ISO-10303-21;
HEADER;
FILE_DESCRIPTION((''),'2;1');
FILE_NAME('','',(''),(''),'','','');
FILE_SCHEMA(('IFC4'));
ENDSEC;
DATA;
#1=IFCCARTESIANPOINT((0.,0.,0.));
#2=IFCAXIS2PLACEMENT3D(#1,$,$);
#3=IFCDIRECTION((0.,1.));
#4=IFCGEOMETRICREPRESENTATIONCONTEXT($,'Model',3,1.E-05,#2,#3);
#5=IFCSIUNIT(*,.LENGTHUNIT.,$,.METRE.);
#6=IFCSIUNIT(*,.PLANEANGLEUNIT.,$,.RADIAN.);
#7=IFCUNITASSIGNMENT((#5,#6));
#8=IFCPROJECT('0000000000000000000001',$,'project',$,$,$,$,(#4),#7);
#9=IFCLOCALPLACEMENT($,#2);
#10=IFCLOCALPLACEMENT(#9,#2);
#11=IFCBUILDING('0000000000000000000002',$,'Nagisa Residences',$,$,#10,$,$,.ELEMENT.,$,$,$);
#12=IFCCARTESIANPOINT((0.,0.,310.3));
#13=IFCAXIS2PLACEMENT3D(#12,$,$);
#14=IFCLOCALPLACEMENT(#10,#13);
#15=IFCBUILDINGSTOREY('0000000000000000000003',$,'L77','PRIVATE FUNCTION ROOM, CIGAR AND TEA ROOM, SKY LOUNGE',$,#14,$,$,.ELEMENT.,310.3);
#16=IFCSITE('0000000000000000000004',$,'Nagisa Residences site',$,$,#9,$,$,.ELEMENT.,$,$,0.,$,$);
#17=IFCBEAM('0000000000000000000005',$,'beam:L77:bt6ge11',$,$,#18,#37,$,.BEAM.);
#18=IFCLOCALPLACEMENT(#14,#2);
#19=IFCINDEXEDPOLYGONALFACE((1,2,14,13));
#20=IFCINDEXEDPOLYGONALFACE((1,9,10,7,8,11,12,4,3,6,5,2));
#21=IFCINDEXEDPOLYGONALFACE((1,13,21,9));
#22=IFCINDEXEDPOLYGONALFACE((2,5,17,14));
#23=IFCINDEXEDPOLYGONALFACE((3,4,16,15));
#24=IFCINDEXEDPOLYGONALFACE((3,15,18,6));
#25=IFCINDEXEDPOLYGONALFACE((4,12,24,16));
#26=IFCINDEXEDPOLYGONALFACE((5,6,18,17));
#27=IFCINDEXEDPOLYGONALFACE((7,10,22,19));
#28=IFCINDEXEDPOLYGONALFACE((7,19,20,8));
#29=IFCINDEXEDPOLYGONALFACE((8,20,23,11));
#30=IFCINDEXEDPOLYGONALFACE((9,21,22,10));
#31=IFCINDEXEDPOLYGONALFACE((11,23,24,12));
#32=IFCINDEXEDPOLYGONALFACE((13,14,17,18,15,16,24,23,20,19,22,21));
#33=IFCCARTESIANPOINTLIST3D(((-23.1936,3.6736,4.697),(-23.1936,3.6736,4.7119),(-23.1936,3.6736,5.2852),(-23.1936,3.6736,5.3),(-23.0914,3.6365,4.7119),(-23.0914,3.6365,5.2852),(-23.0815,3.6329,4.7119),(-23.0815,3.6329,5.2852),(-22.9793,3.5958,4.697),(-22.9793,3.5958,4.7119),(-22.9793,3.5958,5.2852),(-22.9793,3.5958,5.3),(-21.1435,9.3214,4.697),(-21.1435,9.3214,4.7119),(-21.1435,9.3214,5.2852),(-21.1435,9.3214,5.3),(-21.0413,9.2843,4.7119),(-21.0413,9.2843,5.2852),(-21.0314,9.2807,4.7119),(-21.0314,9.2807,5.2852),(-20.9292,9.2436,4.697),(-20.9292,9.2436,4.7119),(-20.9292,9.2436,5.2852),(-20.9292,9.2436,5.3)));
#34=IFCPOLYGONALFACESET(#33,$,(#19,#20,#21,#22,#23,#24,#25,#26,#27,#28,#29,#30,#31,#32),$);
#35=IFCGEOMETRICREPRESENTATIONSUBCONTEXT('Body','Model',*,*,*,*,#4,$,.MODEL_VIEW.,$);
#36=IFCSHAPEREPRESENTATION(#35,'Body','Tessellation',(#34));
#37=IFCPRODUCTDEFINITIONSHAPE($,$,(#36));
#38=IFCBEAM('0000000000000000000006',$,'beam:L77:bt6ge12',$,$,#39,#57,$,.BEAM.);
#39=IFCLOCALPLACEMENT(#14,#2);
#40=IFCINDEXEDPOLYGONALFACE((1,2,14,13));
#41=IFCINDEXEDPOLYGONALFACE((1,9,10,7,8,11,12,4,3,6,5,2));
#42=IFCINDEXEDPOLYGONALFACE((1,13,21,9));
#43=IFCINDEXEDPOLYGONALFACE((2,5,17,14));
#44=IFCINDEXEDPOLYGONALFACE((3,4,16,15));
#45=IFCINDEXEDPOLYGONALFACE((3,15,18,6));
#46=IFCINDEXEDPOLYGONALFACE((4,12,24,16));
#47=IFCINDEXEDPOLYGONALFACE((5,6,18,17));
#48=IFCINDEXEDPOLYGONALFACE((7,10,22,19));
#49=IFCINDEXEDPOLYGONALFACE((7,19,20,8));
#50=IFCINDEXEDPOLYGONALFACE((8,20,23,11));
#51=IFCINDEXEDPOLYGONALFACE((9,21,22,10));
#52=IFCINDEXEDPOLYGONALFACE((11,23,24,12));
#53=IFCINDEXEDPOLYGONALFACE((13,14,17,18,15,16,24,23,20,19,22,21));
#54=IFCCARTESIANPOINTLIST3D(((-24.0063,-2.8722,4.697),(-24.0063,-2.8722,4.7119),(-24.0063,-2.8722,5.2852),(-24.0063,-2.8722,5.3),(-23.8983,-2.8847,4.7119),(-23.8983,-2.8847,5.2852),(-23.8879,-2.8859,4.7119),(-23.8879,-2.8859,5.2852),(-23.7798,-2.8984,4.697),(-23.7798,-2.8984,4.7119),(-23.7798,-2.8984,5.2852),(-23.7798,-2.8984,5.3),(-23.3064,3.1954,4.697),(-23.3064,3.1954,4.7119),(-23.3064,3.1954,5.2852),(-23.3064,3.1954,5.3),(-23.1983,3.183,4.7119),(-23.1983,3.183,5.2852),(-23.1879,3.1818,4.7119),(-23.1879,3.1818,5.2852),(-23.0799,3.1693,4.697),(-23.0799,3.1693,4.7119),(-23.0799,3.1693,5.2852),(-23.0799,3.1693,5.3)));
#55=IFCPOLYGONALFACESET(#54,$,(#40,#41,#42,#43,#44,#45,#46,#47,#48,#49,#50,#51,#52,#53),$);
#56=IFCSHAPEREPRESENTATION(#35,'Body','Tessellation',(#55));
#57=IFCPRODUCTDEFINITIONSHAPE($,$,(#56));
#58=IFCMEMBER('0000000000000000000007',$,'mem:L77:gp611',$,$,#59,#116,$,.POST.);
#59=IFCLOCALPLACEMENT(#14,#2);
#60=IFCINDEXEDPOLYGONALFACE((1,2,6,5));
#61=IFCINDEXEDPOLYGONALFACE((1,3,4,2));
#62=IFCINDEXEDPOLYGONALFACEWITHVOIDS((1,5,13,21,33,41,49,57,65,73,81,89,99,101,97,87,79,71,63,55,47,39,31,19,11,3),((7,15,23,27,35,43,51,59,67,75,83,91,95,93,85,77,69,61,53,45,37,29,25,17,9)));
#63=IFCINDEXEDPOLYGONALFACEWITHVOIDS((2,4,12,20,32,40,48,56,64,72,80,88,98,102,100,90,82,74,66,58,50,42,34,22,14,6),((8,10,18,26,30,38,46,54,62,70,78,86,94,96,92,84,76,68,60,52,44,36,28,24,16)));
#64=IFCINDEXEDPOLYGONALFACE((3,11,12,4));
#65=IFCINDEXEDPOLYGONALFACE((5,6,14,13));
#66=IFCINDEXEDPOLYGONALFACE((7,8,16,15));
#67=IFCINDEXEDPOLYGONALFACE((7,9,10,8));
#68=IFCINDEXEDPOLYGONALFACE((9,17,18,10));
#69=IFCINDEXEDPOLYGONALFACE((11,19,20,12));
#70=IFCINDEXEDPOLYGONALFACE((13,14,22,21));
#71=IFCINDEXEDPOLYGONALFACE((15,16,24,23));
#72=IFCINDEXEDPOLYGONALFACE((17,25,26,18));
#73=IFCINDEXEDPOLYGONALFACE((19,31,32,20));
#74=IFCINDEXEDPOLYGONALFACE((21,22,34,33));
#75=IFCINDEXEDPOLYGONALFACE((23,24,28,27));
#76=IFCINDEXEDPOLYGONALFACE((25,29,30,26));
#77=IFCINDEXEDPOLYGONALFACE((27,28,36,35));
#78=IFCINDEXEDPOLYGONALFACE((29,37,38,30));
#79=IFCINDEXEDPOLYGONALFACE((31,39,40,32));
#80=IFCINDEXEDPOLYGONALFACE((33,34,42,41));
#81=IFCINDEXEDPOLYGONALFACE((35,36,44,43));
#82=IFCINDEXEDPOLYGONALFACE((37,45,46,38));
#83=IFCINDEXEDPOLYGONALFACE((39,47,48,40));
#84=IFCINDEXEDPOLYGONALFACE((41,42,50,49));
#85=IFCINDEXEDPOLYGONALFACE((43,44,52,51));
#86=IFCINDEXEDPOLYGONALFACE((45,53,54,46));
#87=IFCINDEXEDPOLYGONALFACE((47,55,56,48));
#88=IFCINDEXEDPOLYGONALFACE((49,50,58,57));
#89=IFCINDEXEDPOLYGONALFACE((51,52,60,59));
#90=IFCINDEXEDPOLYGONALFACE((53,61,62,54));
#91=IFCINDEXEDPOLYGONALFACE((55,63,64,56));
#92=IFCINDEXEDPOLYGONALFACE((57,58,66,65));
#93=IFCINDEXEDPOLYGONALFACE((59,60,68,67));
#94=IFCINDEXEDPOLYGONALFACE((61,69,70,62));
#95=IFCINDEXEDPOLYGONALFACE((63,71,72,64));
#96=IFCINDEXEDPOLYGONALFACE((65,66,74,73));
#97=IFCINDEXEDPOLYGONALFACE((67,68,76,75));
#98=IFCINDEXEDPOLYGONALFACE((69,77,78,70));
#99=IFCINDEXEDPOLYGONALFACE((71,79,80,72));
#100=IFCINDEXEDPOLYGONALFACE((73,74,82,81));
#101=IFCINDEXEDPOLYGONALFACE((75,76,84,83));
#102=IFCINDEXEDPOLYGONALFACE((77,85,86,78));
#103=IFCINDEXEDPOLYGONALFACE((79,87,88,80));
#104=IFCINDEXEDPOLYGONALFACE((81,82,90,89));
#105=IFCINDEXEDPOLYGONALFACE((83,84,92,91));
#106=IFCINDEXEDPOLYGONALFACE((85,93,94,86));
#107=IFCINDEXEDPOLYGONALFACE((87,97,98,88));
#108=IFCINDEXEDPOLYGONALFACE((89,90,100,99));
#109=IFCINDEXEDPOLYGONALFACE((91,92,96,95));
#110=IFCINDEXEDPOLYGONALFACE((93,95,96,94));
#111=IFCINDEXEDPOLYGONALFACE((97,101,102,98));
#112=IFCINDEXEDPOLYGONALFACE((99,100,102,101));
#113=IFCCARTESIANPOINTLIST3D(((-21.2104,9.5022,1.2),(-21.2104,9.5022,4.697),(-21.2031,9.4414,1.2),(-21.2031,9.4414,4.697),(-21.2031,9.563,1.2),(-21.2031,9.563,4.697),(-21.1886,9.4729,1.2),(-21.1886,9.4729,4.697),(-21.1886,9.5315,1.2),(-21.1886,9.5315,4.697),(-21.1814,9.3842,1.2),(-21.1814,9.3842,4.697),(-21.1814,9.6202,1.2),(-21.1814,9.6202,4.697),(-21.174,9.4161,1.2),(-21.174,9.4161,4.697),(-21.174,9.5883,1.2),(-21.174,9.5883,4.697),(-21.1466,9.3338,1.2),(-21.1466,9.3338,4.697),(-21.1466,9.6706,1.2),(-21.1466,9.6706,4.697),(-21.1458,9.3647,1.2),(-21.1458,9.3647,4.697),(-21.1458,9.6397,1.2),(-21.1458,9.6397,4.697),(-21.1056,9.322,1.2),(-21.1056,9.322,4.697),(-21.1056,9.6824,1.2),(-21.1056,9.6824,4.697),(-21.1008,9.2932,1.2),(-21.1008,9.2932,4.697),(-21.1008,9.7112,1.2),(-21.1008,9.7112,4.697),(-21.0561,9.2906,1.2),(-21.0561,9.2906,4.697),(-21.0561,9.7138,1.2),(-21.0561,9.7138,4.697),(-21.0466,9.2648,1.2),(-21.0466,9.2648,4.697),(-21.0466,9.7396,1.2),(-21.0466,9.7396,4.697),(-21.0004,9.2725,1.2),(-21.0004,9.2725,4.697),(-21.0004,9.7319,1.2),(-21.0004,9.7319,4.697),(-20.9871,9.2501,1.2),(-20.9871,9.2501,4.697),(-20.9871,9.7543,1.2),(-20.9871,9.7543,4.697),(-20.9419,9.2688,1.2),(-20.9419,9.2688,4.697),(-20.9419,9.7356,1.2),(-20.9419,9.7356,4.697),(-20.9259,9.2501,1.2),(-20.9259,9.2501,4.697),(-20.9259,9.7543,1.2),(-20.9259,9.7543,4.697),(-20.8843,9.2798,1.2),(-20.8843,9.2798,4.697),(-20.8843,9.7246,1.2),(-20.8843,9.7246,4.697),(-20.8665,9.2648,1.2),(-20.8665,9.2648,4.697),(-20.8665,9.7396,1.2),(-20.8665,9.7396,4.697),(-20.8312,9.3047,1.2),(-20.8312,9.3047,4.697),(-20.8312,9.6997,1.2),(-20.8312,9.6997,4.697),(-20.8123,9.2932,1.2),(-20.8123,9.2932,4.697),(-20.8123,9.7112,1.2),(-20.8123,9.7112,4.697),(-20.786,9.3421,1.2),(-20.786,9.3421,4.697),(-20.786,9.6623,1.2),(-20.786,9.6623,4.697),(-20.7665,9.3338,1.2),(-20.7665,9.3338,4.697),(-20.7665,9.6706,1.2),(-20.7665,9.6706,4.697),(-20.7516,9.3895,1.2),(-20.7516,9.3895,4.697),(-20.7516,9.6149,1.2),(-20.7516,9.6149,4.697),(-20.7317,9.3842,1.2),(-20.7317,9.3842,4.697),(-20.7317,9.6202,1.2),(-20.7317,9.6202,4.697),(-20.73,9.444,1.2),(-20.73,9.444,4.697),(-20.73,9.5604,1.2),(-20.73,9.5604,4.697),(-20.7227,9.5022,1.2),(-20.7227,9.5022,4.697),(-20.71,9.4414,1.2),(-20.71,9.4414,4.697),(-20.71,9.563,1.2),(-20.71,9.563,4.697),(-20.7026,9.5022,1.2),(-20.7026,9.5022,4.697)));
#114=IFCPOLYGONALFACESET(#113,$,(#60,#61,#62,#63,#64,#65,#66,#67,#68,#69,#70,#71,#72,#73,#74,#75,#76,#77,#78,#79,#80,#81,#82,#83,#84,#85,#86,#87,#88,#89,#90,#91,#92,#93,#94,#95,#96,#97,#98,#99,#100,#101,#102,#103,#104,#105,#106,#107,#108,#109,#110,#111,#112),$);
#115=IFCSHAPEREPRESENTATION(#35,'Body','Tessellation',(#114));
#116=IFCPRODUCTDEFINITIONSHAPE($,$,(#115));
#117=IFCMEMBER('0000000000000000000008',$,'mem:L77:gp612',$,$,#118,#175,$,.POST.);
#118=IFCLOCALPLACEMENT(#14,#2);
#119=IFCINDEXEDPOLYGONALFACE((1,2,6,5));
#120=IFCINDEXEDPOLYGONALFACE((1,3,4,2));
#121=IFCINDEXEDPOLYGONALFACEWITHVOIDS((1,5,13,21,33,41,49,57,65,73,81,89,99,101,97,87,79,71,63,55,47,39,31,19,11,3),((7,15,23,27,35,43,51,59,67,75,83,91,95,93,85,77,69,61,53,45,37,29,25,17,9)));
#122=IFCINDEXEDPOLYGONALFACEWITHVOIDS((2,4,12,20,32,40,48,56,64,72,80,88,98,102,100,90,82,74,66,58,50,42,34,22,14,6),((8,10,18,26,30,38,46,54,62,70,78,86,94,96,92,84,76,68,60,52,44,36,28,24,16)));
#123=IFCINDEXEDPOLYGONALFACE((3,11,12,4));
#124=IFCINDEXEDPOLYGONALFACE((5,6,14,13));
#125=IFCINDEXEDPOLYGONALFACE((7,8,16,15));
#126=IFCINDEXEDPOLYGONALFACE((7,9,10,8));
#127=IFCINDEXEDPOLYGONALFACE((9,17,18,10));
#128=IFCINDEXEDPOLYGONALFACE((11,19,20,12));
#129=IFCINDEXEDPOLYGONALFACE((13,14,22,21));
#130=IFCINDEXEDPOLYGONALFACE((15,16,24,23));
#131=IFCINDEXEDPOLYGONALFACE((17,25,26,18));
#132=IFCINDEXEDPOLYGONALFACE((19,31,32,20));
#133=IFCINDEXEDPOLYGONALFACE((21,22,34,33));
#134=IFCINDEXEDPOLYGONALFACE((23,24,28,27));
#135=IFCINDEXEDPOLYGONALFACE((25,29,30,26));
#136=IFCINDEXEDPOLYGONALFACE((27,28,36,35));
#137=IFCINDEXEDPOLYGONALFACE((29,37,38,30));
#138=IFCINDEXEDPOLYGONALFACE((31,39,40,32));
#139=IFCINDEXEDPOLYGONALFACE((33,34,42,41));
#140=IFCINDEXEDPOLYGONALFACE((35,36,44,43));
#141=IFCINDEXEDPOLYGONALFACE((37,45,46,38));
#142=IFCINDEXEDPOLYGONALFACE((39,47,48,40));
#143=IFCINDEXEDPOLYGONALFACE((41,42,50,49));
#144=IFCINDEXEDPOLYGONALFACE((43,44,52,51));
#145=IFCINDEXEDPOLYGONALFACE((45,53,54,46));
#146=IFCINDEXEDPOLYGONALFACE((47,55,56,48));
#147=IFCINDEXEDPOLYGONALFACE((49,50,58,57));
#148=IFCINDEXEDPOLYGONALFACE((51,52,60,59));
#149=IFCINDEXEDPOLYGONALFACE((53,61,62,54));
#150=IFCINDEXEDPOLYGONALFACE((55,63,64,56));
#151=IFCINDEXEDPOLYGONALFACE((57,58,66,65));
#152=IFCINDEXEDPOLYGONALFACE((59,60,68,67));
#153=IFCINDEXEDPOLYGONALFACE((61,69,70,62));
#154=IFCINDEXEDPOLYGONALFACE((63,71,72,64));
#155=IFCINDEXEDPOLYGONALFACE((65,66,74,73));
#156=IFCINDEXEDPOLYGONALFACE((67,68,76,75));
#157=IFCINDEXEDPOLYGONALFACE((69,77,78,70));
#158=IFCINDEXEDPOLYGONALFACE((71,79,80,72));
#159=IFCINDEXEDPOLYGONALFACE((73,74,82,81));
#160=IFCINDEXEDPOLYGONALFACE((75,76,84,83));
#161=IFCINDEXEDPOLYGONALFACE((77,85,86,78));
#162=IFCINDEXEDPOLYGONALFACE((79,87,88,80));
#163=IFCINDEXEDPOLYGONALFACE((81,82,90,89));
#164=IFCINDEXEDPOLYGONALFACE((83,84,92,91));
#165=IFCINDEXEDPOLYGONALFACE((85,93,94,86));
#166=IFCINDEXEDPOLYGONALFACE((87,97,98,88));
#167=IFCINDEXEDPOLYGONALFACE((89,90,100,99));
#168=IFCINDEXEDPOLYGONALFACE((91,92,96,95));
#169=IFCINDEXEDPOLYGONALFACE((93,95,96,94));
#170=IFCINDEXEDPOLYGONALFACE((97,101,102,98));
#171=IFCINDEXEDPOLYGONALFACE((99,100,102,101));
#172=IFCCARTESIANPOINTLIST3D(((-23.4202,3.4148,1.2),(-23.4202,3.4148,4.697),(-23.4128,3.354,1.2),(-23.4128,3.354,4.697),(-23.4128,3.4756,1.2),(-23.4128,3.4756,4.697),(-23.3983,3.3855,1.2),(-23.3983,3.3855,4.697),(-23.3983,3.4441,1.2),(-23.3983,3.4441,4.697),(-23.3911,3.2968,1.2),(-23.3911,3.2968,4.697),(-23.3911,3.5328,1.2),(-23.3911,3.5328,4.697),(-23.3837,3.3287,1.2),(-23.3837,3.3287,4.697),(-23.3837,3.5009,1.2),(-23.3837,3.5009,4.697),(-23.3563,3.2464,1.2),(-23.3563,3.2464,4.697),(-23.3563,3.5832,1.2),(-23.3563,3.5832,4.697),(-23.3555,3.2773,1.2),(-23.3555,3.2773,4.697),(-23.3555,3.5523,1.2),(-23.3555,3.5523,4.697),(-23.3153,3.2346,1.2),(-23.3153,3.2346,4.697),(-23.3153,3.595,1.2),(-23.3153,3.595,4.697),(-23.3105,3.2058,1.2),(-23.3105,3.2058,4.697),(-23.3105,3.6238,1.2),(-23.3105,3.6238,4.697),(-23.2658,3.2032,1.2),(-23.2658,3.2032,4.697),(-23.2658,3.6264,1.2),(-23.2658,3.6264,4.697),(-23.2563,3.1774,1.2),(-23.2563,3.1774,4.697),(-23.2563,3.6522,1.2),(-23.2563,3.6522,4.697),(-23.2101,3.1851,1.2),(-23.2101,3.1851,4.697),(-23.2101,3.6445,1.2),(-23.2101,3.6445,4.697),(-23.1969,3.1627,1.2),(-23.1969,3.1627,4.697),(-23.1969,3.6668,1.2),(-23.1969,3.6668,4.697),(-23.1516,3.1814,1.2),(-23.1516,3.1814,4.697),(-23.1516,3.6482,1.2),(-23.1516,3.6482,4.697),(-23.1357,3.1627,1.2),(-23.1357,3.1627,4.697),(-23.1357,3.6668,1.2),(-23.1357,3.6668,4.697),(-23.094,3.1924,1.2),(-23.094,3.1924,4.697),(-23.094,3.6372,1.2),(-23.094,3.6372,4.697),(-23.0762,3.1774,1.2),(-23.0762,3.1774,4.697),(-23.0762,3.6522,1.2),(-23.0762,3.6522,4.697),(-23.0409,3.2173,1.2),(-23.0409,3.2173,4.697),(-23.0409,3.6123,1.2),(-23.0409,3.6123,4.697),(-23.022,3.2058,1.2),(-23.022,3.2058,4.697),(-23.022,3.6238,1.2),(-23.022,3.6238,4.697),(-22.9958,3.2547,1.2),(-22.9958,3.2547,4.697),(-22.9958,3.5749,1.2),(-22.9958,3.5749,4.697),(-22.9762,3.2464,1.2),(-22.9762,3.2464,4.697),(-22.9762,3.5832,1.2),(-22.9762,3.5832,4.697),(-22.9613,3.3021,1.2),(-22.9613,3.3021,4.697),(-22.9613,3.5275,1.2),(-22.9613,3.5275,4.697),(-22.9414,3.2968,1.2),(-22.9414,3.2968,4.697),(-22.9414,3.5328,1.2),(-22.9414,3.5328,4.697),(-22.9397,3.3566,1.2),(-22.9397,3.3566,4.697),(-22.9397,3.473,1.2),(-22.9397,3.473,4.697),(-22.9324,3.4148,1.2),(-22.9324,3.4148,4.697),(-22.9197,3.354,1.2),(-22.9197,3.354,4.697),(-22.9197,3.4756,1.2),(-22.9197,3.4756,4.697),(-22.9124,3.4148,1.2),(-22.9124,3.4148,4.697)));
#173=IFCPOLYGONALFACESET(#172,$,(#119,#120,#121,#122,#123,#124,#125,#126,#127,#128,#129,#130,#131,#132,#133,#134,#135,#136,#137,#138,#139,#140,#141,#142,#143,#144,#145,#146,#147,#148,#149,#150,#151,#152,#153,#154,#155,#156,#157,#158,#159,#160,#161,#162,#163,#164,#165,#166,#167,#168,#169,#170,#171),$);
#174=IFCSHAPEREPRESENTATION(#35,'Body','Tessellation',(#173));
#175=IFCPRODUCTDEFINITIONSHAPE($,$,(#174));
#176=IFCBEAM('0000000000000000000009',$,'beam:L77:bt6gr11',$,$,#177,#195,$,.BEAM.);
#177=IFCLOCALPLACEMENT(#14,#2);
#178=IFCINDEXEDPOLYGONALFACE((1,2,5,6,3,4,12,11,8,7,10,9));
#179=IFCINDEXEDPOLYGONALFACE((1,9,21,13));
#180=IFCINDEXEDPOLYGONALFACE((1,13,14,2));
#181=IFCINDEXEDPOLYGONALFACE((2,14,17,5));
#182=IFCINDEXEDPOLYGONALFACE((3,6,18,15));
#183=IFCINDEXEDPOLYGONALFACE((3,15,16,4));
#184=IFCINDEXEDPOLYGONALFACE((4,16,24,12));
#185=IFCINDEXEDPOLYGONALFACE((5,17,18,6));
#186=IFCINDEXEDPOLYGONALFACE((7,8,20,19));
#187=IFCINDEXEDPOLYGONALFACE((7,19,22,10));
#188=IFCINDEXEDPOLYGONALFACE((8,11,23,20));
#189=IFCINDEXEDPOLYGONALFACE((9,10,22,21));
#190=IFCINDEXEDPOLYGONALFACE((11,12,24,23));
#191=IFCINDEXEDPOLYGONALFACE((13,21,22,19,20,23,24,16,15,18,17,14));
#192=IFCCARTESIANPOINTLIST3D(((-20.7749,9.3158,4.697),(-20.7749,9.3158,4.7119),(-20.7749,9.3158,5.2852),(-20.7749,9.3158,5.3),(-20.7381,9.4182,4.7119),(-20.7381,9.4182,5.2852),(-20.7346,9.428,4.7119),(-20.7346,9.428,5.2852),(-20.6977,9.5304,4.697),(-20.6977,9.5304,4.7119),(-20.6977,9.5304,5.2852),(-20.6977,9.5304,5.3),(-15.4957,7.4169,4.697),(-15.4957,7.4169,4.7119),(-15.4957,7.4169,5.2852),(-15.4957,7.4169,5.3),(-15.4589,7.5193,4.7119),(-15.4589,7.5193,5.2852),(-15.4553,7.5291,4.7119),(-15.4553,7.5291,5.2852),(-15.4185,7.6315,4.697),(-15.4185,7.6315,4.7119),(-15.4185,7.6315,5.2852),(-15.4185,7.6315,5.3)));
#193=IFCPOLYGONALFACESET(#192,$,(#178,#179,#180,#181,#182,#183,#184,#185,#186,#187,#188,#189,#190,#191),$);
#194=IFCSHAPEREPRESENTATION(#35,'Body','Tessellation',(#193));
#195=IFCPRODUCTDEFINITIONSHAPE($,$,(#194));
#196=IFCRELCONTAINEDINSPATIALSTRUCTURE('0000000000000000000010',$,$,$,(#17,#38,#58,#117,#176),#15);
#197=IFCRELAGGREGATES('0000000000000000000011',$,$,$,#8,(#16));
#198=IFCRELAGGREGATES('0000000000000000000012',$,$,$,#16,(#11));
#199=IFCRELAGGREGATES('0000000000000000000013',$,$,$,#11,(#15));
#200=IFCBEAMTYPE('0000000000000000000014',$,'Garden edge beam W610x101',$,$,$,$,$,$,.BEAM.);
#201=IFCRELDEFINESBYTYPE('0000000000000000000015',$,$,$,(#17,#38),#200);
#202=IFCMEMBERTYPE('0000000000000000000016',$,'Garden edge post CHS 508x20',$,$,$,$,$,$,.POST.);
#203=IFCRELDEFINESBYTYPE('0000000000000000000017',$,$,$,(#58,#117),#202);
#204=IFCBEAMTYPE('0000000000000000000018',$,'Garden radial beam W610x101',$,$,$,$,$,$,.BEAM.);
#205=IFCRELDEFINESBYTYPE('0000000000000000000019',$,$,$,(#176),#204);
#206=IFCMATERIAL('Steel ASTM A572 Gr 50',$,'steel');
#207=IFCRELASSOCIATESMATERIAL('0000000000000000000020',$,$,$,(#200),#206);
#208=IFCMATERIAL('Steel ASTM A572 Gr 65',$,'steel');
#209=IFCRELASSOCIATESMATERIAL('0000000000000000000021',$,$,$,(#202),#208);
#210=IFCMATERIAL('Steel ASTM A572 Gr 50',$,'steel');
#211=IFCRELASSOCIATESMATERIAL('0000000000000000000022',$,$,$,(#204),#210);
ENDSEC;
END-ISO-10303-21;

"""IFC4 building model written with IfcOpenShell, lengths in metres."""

from ifc_helpers import new_model, si_unit, direction, frame, origin, origin_2d, place, context, subcontext, project, spatial, hollow_circle, i_section, extrude, material, material_profile, profile_set, type_object, element, save


model = new_model("IFC4")

# Units and contexts
model_context = context("Model", 3, precision=1e-05, world=origin(), true_north=direction((0.0, 1.0)))
body_context = subcontext(model_context, "Body", "Model", "MODEL_VIEW")
ifc_project = project(units=[si_unit("LENGTHUNIT", "METRE"), si_unit("PLANEANGLEUNIT", "RADIAN")], contexts=[model_context])

# Site, building, storey
site_placement = place(None, origin())
site = spatial("IfcSite", under=ifc_project, at=site_placement, Name="Nagisa Residences site", CompositionType="ELEMENT", RefElevation=0.0)
building_placement = place(site_placement, origin())
building = spatial("IfcBuilding", under=site, at=building_placement, Name="Nagisa Residences", CompositionType="ELEMENT")
storey_placement = place(building_placement, frame((0.0, 0.0, 310.3)))
storey = spatial("IfcBuildingStorey", under=building, at=storey_placement, Name="L77", Description="PRIVATE FUNCTION ROOM, CIGAR AND TEA ROOM, SKY LOUNGE", CompositionType="ELEMENT", Elevation=310.3)

# Beams
ifc_material_1 = material(Name="Steel ASTM A572 Gr 50", Category="steel")
ifc_material_profile_1 = material_profile(ifc_material_1, i_section(OverallWidth=0.228, OverallDepth=0.603, WebThickness=0.0105, FlangeThickness=0.0149, at=origin_2d()), Name="W610x101")
ifc_profile_set_1 = profile_set([ifc_material_profile_1], Name="Steel ASTM A572 Gr 50")
beam_type_1 = type_object("IfcBeamType", Name="Garden edge beam W610x101", PredefinedType="BEAM", material=ifc_profile_set_1)
beam_1_placement = place(storey_placement, frame((-21.0364, 9.2825, 4.9985), z_axis=(-0.341205, -0.939989, 0.0), x_axis=(0.939989, -0.341205, 0.0)))
element("IfcBeam", 1, at=beam_1_placement, inside=storey, type_object=beam_type_1, Name="beam:L77:bt6ge11", PredefinedType="BEAM", context=body_context, shape_type="SweptSolid", body=[
    extrude(i_section(OverallWidth=0.228, OverallDepth=0.603, WebThickness=0.0105, FlangeThickness=0.0149, at=origin_2d()), origin(), (0.0, 0.0, 1.0), 6.0083),
])
beam_2_placement = place(storey_placement, frame((-23.1931, 3.1824, 4.9985), z_axis=(-0.114598, -0.993412, 0.0), x_axis=(0.993412, -0.114598, 0.0)))
element("IfcBeam", 2, at=beam_2_placement, inside=storey, type_object=beam_type_1, Name="beam:L77:bt6ge12", PredefinedType="BEAM", context=body_context, shape_type="SweptSolid", body=[
    extrude(i_section(OverallWidth=0.228, OverallDepth=0.603, WebThickness=0.0105, FlangeThickness=0.0149, at=origin_2d()), origin(), (0.0, 0.0, 1.0), 6.1079),
])

# Members
ifc_material_2 = material(Name="Steel ASTM A572 Gr 65", Category="steel")
ifc_material_profile_2 = material_profile(ifc_material_2, hollow_circle(Radius=0.2539, WallThickness=0.02, at=origin_2d()), Name="CHS 508x20")
ifc_profile_set_2 = profile_set([ifc_material_profile_2], Name="Steel ASTM A572 Gr 65")
member_type_1 = type_object("IfcMemberType", Name="Garden edge post CHS 508x20", PredefinedType="POST", material=ifc_profile_set_2)
for number, where, z_axis, x_axis, name in (
    (3, (-20.9565, 9.5022, 1.2), (0.0, 0.0, 1.0), (1.0, 0.0, 0.0), "mem:L77:gp611"),
    (4, (-23.1663, 3.4148, 1.2), (0.0, 0.0, 1.0), (1.0, 0.0, 0.0), "mem:L77:gp612"),
):
    element("IfcMember", number, at=place(storey_placement, frame(where, z_axis=z_axis, x_axis=x_axis)), inside=storey, type_object=member_type_1, Name=name, PredefinedType="POST", context=body_context, shape_type="SweptSolid", body=[
        extrude(hollow_circle(Radius=0.2539, WallThickness=0.02, at=origin_2d()), origin(), (0.0, 0.0, 1.0), 3.4971),
    ])

# Beam
ifc_material_3 = material(Name="Steel ASTM A572 Gr 50", Category="steel")
ifc_material_profile_3 = material_profile(ifc_material_3, i_section(OverallWidth=0.228, OverallDepth=0.603, WebThickness=0.0105, FlangeThickness=0.0149, at=origin_2d()), Name="W610x101")
ifc_profile_set_3 = profile_set([ifc_material_profile_3], Name="Steel ASTM A572 Gr 50")
beam_type_2 = type_object("IfcBeamType", Name="Garden radial beam W610x101", PredefinedType="BEAM", material=ifc_profile_set_3)
beam_3_placement = place(storey_placement, frame((-20.7363, 9.4231, 4.9985), z_axis=(0.940979, -0.338464, 0.0), x_axis=(0.338464, 0.940979, 0.0)))
element("IfcBeam", 5, at=beam_3_placement, inside=storey, type_object=beam_type_2, Name="beam:L77:bt6gr11", PredefinedType="BEAM", context=body_context, shape_type="SweptSolid", body=[
    extrude(i_section(OverallWidth=0.228, OverallDepth=0.603, WebThickness=0.0105, FlangeThickness=0.0149, at=origin_2d()), origin(), (0.0, 0.0, 1.0), 5.6104),
])

save(model, "model.ifc")
